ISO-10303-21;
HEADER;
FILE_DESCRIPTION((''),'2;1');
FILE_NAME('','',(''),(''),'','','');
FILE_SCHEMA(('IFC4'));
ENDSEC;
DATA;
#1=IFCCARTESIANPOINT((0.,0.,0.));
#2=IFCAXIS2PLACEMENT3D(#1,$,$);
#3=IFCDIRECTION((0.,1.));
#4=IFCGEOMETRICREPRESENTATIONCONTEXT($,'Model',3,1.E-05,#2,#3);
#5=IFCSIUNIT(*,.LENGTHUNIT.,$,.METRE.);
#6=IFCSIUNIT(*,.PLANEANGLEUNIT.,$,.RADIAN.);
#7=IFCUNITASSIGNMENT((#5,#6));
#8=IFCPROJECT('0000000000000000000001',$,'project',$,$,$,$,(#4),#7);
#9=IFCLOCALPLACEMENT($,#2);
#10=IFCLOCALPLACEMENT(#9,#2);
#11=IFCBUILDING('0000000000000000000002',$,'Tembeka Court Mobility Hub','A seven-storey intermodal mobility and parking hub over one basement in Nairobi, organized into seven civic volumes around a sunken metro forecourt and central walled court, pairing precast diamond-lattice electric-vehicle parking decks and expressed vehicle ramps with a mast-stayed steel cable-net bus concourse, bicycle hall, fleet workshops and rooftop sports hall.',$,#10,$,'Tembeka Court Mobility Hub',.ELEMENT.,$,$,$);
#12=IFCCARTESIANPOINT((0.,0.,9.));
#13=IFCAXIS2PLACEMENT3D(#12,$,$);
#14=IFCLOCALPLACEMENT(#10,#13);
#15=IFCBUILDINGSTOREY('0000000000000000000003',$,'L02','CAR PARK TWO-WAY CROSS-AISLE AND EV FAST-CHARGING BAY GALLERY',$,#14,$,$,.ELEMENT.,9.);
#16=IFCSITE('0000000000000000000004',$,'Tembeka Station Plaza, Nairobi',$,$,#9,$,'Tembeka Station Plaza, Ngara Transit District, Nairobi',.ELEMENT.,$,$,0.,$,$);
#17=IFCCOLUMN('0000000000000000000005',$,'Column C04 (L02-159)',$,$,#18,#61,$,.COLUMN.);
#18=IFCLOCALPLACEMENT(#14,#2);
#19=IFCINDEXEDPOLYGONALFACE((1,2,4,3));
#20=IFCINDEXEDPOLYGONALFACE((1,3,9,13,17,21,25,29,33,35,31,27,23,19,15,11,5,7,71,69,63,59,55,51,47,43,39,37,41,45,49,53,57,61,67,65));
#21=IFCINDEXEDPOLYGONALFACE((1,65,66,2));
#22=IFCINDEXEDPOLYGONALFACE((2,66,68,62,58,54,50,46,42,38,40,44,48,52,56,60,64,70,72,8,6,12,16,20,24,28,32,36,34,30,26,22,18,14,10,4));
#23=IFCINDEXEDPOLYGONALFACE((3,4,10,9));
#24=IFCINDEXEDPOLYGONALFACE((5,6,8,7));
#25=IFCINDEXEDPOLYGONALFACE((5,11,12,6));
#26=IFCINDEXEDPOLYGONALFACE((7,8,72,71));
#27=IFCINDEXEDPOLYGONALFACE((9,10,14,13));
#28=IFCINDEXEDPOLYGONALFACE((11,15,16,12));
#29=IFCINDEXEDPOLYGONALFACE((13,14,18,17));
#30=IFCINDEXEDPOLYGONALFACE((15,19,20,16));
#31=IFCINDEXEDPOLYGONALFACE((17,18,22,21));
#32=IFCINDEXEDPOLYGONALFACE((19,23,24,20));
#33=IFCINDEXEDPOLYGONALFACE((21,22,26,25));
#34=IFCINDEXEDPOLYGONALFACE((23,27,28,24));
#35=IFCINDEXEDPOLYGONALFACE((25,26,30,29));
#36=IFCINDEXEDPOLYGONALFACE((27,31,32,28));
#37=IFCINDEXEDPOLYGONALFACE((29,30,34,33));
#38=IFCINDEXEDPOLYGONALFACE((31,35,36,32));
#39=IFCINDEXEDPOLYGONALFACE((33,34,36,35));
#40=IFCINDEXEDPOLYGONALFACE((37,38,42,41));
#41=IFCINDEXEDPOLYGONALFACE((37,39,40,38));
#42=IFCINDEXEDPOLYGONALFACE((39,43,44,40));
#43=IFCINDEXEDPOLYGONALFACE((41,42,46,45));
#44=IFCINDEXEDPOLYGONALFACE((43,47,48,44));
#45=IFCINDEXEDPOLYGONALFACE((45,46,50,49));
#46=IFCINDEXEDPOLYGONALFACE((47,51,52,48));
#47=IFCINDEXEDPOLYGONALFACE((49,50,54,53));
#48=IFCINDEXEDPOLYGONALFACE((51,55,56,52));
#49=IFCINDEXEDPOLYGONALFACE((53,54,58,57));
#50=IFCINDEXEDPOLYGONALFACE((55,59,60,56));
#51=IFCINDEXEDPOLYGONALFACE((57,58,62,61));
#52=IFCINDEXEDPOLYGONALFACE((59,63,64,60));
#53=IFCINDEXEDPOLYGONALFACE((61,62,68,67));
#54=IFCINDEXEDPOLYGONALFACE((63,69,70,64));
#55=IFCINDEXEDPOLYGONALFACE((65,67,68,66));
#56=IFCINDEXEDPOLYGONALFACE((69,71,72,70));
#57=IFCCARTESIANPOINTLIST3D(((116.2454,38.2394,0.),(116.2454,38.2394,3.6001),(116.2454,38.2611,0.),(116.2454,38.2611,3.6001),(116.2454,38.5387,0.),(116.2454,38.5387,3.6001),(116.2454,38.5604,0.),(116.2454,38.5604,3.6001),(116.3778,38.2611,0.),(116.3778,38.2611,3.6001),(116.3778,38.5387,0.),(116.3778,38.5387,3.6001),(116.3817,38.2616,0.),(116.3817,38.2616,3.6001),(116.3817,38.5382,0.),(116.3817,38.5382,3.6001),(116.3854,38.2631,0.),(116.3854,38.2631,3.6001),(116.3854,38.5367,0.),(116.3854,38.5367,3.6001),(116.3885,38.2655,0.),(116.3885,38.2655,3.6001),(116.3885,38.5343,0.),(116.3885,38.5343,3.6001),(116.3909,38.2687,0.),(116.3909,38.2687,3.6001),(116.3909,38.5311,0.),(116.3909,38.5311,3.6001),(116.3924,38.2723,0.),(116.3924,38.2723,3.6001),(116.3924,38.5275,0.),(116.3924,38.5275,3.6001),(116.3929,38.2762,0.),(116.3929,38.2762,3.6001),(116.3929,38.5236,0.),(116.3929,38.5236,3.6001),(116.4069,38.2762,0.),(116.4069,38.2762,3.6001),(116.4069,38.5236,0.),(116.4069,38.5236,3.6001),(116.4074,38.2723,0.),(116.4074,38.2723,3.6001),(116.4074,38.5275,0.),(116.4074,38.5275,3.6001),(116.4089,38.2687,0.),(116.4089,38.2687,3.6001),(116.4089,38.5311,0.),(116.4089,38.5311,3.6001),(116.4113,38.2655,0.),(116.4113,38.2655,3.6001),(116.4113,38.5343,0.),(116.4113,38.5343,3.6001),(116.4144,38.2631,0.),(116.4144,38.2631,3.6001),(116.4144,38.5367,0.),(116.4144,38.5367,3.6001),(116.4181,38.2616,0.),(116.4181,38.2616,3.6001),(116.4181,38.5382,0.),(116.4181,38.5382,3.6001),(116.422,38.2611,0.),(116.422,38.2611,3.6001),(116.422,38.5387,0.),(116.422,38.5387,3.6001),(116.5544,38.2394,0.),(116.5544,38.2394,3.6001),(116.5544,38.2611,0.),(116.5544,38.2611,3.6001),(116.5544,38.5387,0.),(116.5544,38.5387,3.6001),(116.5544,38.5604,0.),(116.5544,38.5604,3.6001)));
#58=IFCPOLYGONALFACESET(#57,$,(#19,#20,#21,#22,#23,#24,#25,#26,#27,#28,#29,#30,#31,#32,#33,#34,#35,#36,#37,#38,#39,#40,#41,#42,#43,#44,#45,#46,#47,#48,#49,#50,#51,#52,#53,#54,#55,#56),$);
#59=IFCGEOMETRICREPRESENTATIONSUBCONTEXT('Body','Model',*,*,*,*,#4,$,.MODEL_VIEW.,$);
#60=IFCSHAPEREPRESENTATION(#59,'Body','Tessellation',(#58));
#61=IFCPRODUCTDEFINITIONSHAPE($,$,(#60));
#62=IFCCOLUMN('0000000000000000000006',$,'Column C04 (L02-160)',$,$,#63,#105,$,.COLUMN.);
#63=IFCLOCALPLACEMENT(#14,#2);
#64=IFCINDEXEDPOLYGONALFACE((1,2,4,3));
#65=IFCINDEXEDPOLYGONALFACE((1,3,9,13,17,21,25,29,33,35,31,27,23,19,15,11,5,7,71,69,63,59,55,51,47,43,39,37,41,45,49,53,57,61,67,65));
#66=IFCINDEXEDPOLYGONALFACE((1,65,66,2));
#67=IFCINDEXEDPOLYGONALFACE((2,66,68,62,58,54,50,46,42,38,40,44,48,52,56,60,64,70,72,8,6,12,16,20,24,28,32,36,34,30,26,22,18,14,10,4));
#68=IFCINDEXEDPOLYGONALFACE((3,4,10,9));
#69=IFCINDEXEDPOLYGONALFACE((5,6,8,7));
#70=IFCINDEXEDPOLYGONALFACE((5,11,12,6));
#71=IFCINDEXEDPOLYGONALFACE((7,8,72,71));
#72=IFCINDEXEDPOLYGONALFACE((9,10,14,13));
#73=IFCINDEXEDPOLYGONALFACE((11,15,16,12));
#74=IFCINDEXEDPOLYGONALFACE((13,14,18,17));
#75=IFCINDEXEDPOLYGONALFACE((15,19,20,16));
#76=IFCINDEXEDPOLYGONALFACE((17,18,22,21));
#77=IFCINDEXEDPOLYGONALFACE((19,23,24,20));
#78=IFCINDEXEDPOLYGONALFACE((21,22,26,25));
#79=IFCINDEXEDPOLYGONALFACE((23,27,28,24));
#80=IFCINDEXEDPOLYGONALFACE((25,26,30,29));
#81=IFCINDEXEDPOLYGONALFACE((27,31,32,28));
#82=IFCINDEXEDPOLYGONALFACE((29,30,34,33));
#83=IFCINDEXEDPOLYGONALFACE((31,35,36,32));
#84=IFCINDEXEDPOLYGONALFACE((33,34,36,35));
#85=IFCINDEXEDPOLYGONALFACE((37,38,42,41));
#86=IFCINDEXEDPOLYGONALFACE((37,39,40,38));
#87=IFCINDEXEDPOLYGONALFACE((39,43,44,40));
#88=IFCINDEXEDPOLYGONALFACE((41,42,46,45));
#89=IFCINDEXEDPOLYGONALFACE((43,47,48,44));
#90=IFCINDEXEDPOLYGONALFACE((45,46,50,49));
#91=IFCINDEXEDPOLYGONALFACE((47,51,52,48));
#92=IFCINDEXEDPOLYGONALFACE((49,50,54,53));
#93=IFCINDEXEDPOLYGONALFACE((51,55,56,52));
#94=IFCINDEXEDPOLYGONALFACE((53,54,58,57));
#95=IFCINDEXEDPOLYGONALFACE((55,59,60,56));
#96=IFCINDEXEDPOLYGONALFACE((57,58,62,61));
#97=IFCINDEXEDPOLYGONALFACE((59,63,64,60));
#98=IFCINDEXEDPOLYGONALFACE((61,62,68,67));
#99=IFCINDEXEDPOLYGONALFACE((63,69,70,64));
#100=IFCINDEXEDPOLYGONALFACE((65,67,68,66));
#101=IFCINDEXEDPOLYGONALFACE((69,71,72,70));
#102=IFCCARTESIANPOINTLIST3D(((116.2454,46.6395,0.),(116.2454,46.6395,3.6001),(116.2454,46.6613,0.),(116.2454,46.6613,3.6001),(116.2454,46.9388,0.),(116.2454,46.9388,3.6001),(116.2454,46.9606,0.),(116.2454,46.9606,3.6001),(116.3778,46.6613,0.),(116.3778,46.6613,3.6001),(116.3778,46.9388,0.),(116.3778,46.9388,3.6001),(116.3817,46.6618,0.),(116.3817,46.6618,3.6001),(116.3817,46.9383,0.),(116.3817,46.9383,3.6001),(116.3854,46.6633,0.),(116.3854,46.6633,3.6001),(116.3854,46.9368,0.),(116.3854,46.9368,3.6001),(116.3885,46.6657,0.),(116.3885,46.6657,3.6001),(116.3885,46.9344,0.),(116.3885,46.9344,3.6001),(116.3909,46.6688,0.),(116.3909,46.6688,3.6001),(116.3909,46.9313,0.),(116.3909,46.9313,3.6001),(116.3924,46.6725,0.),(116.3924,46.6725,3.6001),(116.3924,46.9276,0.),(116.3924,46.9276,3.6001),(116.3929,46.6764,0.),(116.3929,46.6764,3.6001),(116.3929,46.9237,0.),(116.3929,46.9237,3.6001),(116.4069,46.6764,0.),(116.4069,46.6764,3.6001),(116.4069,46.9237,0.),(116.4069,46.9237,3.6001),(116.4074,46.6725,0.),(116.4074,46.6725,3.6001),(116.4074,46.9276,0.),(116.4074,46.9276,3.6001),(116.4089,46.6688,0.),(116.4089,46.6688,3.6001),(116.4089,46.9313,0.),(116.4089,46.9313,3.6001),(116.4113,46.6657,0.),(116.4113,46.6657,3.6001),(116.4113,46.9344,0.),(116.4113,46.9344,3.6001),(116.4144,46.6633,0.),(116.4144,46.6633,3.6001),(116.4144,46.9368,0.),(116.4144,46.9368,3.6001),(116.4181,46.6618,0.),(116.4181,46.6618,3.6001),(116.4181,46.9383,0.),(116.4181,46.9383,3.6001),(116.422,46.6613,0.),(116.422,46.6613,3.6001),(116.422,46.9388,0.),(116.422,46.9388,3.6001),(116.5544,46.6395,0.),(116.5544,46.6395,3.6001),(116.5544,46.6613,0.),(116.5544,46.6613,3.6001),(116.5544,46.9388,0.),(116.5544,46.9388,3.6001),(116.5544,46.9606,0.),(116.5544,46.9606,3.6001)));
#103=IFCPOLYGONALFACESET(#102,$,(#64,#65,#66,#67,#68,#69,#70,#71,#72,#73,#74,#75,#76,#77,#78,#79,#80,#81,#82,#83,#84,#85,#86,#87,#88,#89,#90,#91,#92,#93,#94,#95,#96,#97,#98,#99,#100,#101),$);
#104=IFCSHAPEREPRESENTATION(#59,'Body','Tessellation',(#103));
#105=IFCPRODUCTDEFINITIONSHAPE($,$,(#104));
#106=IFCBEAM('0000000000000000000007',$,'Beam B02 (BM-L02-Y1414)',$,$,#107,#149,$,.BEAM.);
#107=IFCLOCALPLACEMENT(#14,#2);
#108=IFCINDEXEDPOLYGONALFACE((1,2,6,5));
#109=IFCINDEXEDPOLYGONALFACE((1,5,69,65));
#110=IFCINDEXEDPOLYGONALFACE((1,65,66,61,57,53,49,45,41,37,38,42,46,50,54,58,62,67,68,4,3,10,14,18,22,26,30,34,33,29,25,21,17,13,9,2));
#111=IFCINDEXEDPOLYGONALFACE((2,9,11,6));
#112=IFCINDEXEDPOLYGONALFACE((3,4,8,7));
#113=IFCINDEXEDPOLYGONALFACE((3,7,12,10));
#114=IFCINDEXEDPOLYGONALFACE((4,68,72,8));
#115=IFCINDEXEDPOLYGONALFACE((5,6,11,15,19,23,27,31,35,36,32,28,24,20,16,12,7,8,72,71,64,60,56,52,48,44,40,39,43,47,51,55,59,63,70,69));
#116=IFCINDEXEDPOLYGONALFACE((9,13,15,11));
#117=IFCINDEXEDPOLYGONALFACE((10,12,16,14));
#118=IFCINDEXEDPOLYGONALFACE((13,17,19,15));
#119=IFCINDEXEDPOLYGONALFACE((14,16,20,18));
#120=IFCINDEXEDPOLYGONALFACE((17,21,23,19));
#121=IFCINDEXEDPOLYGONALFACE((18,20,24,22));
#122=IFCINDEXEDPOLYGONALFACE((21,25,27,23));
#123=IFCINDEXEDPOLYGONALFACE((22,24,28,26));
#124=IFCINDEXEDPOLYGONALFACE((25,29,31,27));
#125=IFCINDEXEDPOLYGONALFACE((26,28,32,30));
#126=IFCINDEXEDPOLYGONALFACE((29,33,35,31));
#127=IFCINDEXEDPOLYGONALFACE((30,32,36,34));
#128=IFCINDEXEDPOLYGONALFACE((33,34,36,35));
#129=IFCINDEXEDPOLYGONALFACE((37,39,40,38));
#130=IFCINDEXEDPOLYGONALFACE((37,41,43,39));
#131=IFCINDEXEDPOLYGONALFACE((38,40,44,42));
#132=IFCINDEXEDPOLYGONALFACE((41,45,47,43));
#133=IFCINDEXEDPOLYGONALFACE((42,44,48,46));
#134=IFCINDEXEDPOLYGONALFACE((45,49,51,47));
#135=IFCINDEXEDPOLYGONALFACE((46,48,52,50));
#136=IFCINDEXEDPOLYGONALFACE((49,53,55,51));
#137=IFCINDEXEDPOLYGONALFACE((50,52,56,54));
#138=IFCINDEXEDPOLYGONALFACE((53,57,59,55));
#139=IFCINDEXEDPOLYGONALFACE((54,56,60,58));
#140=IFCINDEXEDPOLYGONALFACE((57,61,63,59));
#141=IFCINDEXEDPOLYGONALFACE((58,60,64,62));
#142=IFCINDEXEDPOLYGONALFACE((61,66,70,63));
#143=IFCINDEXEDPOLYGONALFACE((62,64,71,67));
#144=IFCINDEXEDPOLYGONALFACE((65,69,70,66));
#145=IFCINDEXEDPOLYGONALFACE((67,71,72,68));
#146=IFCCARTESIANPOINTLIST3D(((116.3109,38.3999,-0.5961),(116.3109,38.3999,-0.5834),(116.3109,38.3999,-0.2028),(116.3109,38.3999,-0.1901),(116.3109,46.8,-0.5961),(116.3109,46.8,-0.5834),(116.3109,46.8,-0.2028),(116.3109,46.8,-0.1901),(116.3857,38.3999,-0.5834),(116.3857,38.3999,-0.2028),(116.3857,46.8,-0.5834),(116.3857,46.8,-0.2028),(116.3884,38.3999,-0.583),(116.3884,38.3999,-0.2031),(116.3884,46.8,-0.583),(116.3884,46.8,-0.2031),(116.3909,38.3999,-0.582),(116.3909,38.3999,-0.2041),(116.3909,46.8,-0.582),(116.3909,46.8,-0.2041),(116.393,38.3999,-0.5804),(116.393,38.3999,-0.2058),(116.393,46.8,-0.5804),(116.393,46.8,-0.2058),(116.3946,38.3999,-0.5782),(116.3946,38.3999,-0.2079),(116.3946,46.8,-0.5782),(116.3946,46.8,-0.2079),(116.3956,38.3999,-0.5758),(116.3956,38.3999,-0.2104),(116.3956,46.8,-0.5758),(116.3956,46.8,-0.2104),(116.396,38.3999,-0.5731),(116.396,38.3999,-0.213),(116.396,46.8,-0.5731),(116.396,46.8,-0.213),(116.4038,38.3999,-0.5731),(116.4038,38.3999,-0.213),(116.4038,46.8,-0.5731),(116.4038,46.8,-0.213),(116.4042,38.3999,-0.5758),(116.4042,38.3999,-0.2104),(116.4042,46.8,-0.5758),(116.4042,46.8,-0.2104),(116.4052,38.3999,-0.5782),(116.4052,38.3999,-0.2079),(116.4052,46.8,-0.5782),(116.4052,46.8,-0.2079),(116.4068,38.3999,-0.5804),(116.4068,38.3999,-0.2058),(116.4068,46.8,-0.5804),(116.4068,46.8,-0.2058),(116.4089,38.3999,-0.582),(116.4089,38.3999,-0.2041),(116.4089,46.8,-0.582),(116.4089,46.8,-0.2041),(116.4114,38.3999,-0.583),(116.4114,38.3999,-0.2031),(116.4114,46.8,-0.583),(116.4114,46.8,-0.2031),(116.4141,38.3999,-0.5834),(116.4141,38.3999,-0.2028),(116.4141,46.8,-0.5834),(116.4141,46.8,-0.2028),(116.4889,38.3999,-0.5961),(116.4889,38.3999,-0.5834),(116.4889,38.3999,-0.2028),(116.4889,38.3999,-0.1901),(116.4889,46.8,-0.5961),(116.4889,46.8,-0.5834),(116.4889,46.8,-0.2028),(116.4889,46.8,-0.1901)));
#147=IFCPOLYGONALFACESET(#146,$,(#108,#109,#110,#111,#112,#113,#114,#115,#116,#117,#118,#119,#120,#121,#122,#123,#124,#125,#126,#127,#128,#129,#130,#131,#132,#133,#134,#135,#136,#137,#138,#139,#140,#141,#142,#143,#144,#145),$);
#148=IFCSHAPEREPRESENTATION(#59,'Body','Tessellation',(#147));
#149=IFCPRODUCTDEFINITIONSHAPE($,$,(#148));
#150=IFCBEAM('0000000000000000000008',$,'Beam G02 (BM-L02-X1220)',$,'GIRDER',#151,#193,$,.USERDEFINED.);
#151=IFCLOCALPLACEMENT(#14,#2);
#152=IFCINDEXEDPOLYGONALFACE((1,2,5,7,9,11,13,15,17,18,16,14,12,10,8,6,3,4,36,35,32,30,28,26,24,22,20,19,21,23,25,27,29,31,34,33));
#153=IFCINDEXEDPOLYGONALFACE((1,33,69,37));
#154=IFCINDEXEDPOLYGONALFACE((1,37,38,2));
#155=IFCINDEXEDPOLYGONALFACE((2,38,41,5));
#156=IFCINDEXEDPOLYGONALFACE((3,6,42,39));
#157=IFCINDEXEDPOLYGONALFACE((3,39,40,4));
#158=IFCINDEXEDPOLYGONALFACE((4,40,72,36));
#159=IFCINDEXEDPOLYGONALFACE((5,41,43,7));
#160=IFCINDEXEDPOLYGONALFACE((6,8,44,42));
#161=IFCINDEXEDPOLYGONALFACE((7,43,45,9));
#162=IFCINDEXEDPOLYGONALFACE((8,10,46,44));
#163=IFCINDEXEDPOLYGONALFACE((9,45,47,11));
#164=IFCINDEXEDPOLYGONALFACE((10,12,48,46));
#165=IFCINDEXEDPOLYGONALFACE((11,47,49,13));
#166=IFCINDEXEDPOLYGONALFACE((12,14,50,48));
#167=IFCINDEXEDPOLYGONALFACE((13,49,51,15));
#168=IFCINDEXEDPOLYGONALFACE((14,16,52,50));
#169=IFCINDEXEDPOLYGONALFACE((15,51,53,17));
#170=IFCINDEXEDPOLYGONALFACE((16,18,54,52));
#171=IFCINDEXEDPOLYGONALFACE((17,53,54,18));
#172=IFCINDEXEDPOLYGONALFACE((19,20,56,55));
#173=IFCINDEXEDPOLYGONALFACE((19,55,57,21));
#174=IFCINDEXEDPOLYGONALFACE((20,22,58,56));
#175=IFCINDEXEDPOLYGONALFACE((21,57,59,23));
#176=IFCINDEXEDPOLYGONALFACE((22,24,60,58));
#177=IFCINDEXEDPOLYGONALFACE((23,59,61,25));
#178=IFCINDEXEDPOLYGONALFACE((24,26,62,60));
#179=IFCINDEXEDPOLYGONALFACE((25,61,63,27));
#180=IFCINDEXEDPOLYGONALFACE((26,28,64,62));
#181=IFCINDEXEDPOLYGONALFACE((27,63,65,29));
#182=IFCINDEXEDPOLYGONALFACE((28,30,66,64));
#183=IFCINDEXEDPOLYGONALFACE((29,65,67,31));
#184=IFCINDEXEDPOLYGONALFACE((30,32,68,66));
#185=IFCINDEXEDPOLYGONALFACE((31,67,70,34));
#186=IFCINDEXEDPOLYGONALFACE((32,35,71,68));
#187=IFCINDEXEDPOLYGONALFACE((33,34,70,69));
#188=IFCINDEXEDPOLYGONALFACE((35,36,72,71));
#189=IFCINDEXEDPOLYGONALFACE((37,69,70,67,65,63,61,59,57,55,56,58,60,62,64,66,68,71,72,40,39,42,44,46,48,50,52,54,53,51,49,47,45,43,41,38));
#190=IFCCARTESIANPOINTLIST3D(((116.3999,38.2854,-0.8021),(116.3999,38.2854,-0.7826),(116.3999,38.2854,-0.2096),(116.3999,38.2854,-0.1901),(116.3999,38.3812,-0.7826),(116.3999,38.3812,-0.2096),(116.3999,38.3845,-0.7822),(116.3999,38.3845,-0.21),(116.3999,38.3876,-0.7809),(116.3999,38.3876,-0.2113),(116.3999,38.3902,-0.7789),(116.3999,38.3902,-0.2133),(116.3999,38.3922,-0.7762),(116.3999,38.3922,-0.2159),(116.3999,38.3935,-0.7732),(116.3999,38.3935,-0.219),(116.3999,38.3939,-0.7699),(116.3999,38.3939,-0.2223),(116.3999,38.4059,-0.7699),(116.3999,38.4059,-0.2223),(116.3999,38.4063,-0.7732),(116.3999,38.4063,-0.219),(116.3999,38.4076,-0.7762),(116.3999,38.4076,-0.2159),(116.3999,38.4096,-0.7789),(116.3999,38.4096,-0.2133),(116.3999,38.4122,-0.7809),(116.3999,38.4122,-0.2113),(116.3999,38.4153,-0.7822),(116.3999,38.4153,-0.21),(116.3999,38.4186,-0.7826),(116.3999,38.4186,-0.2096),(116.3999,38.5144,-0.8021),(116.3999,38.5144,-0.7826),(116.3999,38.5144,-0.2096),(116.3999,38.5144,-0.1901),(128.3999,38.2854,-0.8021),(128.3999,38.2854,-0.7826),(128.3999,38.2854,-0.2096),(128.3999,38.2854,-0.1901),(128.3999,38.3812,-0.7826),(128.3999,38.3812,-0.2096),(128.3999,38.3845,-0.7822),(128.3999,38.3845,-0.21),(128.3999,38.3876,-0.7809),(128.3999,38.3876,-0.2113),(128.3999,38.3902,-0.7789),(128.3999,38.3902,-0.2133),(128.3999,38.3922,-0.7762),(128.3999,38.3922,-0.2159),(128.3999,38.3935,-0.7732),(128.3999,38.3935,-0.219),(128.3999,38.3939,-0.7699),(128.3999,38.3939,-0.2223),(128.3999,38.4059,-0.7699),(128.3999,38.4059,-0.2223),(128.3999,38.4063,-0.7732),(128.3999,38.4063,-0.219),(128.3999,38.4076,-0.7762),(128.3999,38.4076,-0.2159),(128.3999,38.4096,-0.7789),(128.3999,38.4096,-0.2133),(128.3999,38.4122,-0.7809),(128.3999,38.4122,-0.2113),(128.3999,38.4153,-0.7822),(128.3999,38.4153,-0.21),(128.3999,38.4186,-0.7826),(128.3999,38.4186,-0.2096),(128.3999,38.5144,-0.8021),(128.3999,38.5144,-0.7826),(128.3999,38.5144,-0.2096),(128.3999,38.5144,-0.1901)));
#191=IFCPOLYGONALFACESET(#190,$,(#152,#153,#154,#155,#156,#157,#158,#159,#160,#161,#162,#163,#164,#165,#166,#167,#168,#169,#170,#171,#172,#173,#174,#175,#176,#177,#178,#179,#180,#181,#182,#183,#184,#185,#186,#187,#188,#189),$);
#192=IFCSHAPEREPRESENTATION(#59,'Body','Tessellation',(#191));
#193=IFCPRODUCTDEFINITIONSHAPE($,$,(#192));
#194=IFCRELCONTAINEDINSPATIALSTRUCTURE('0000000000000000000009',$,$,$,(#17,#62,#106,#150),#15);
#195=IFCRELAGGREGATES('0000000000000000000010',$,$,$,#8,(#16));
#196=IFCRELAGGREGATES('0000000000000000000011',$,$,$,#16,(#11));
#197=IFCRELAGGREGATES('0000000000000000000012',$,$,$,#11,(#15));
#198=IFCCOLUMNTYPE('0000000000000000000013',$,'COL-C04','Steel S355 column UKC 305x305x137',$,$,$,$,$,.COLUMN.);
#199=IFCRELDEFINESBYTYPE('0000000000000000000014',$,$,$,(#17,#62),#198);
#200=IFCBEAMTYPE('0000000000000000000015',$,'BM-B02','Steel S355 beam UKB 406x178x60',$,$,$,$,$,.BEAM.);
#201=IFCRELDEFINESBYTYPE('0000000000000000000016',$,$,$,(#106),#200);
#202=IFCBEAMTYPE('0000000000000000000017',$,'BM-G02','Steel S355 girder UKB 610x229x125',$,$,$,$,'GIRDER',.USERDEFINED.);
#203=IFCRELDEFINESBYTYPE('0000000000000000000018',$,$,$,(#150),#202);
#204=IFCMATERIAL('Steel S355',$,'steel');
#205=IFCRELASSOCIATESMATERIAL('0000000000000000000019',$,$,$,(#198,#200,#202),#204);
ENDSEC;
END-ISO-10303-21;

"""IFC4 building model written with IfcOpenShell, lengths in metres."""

from ifc_helpers import new_model, si_unit, direction, frame, origin, origin_2d, place, context, subcontext, project, spatial, i_section, extrude, material, material_profile, profile_set, type_object, element, save


model = new_model("IFC4")

# Units and contexts
model_context = context("Model", 3, precision=1e-05, world=origin(), true_north=direction((0.0, 1.0)))
body_context = subcontext(model_context, "Body", "Model", "MODEL_VIEW")
ifc_project = project(units=[si_unit("LENGTHUNIT", "METRE"), si_unit("PLANEANGLEUNIT", "RADIAN")], contexts=[model_context])

# Site, building, storey
site_placement = place(None, origin())
site = spatial("IfcSite", under=ifc_project, at=site_placement, Name="Tembeka Station Plaza, Nairobi", LongName="Tembeka Station Plaza, Ngara Transit District, Nairobi", CompositionType="ELEMENT", RefElevation=0.0)
building_placement = place(site_placement, origin())
building = spatial("IfcBuilding", under=site, at=building_placement, Name="Tembeka Court Mobility Hub", Description="A seven-storey intermodal mobility and parking hub over one basement in Nairobi, organized into seven civic volumes around a sunken metro forecourt and central walled court, pairing precast diamond-lattice electric-vehicle parking decks and expressed vehicle ramps with a mast-stayed steel cable-net bus concourse, bicycle hall, fleet workshops and rooftop sports hall.", LongName="Tembeka Court Mobility Hub", CompositionType="ELEMENT")
storey_placement = place(building_placement, frame((0.0, 0.0, 9.0)))
storey = spatial("IfcBuildingStorey", under=building, at=storey_placement, Name="L02", Description="CAR PARK TWO-WAY CROSS-AISLE AND EV FAST-CHARGING BAY GALLERY", CompositionType="ELEMENT", Elevation=9.0)

# Columns
ifc_material_1 = material(Name="Steel S355", Category="steel")
ifc_material_profile_1 = material_profile(ifc_material_1, i_section(OverallWidth=0.3091, OverallDepth=0.321, WebThickness=0.0139, FlangeThickness=0.0217, FilletRadius=0.0151, at=origin_2d()), Name="UKC 305x305x137")
ifc_profile_set_1 = profile_set([ifc_material_profile_1], Name="Steel S355")
column_type = type_object("IfcColumnType", Name="COL-C04", Description="Steel S355 column UKC 305x305x137", PredefinedType="COLUMN", material=ifc_profile_set_1)
for number, where, z_axis, x_axis, name in (
    (1, (116.3999, 38.3999, 0.0), (0.0, 0.0, 1.0), (1.0, 0.0, 0.0), "Column C04 (L02-159)"),
    (2, (116.3999, 46.8, 0.0), (0.0, 0.0, 1.0), (1.0, 0.0, 0.0), "Column C04 (L02-160)"),
):
    element("IfcColumn", number, at=place(storey_placement, frame(where, z_axis=z_axis, x_axis=x_axis)), inside=storey, type_object=column_type, Name=name, PredefinedType="COLUMN", context=body_context, shape_type="SweptSolid", body=[
        extrude(i_section(OverallWidth=0.3091, OverallDepth=0.321, WebThickness=0.0139, FlangeThickness=0.0217, FilletRadius=0.0151, at=origin_2d()), origin(), (0.0, 0.0, 1.0), 3.6001),
    ])

# Beams
ifc_material_profile_2 = material_profile(ifc_material_1, i_section(OverallWidth=0.178, OverallDepth=0.406, WebThickness=0.0078, FlangeThickness=0.0127, FilletRadius=0.0103, at=origin_2d()), Name="UKB 406x178x60")
ifc_profile_set_2 = profile_set([ifc_material_profile_2], Name="Steel S355")
beam_type_1 = type_object("IfcBeamType", Name="BM-B02", Description="Steel S355 beam UKB 406x178x60", PredefinedType="BEAM", material=ifc_profile_set_2)
beam_placement = place(storey_placement, frame((116.3999, 38.3999, -0.3931), z_axis=(0.0, 1.0, 0.0), x_axis=(-1.0, 0.0, 0.0)))
element("IfcBeam", 3, at=beam_placement, inside=storey, type_object=beam_type_1, Name="Beam B02 (BM-L02-Y1414)", PredefinedType="BEAM", context=body_context, shape_type="SweptSolid", body=[
    extrude(i_section(OverallWidth=0.178, OverallDepth=0.406, WebThickness=0.0078, FlangeThickness=0.0127, FilletRadius=0.0103, at=origin_2d()), origin(), (0.0, 0.0, 1.0), 8.4001),
])
ifc_material_profile_3 = material_profile(ifc_material_1, i_section(OverallWidth=0.229, OverallDepth=0.6121, WebThickness=0.012, FlangeThickness=0.0195, FilletRadius=0.0127, at=origin_2d()), Name="UKB 610x229x125")
ifc_profile_set_3 = profile_set([ifc_material_profile_3], Name="Steel S355")
beam_type_2 = type_object("IfcBeamType", Name="BM-G02", Description="Steel S355 girder UKB 610x229x125", ElementType="GIRDER", PredefinedType="USERDEFINED", material=ifc_profile_set_3)
for number, where, z_axis, x_axis, name in (
    (4, (116.3999, 38.3999, -0.4961), (1.0, 0.0, 0.0), (0.0, 1.0, 0.0), "Beam G02 (BM-L02-X1220)"),
):
    element("IfcBeam", number, at=place(storey_placement, frame(where, z_axis=z_axis, x_axis=x_axis)), inside=storey, type_object=beam_type_2, Name=name, ObjectType="GIRDER", PredefinedType="USERDEFINED", context=body_context, shape_type="SweptSolid", body=[
        extrude(i_section(OverallWidth=0.229, OverallDepth=0.6121, WebThickness=0.012, FlangeThickness=0.0195, FilletRadius=0.0127, at=origin_2d()), origin(), (0.0, 0.0, 1.0), 12.0),
    ])

save(model, "model.ifc")
